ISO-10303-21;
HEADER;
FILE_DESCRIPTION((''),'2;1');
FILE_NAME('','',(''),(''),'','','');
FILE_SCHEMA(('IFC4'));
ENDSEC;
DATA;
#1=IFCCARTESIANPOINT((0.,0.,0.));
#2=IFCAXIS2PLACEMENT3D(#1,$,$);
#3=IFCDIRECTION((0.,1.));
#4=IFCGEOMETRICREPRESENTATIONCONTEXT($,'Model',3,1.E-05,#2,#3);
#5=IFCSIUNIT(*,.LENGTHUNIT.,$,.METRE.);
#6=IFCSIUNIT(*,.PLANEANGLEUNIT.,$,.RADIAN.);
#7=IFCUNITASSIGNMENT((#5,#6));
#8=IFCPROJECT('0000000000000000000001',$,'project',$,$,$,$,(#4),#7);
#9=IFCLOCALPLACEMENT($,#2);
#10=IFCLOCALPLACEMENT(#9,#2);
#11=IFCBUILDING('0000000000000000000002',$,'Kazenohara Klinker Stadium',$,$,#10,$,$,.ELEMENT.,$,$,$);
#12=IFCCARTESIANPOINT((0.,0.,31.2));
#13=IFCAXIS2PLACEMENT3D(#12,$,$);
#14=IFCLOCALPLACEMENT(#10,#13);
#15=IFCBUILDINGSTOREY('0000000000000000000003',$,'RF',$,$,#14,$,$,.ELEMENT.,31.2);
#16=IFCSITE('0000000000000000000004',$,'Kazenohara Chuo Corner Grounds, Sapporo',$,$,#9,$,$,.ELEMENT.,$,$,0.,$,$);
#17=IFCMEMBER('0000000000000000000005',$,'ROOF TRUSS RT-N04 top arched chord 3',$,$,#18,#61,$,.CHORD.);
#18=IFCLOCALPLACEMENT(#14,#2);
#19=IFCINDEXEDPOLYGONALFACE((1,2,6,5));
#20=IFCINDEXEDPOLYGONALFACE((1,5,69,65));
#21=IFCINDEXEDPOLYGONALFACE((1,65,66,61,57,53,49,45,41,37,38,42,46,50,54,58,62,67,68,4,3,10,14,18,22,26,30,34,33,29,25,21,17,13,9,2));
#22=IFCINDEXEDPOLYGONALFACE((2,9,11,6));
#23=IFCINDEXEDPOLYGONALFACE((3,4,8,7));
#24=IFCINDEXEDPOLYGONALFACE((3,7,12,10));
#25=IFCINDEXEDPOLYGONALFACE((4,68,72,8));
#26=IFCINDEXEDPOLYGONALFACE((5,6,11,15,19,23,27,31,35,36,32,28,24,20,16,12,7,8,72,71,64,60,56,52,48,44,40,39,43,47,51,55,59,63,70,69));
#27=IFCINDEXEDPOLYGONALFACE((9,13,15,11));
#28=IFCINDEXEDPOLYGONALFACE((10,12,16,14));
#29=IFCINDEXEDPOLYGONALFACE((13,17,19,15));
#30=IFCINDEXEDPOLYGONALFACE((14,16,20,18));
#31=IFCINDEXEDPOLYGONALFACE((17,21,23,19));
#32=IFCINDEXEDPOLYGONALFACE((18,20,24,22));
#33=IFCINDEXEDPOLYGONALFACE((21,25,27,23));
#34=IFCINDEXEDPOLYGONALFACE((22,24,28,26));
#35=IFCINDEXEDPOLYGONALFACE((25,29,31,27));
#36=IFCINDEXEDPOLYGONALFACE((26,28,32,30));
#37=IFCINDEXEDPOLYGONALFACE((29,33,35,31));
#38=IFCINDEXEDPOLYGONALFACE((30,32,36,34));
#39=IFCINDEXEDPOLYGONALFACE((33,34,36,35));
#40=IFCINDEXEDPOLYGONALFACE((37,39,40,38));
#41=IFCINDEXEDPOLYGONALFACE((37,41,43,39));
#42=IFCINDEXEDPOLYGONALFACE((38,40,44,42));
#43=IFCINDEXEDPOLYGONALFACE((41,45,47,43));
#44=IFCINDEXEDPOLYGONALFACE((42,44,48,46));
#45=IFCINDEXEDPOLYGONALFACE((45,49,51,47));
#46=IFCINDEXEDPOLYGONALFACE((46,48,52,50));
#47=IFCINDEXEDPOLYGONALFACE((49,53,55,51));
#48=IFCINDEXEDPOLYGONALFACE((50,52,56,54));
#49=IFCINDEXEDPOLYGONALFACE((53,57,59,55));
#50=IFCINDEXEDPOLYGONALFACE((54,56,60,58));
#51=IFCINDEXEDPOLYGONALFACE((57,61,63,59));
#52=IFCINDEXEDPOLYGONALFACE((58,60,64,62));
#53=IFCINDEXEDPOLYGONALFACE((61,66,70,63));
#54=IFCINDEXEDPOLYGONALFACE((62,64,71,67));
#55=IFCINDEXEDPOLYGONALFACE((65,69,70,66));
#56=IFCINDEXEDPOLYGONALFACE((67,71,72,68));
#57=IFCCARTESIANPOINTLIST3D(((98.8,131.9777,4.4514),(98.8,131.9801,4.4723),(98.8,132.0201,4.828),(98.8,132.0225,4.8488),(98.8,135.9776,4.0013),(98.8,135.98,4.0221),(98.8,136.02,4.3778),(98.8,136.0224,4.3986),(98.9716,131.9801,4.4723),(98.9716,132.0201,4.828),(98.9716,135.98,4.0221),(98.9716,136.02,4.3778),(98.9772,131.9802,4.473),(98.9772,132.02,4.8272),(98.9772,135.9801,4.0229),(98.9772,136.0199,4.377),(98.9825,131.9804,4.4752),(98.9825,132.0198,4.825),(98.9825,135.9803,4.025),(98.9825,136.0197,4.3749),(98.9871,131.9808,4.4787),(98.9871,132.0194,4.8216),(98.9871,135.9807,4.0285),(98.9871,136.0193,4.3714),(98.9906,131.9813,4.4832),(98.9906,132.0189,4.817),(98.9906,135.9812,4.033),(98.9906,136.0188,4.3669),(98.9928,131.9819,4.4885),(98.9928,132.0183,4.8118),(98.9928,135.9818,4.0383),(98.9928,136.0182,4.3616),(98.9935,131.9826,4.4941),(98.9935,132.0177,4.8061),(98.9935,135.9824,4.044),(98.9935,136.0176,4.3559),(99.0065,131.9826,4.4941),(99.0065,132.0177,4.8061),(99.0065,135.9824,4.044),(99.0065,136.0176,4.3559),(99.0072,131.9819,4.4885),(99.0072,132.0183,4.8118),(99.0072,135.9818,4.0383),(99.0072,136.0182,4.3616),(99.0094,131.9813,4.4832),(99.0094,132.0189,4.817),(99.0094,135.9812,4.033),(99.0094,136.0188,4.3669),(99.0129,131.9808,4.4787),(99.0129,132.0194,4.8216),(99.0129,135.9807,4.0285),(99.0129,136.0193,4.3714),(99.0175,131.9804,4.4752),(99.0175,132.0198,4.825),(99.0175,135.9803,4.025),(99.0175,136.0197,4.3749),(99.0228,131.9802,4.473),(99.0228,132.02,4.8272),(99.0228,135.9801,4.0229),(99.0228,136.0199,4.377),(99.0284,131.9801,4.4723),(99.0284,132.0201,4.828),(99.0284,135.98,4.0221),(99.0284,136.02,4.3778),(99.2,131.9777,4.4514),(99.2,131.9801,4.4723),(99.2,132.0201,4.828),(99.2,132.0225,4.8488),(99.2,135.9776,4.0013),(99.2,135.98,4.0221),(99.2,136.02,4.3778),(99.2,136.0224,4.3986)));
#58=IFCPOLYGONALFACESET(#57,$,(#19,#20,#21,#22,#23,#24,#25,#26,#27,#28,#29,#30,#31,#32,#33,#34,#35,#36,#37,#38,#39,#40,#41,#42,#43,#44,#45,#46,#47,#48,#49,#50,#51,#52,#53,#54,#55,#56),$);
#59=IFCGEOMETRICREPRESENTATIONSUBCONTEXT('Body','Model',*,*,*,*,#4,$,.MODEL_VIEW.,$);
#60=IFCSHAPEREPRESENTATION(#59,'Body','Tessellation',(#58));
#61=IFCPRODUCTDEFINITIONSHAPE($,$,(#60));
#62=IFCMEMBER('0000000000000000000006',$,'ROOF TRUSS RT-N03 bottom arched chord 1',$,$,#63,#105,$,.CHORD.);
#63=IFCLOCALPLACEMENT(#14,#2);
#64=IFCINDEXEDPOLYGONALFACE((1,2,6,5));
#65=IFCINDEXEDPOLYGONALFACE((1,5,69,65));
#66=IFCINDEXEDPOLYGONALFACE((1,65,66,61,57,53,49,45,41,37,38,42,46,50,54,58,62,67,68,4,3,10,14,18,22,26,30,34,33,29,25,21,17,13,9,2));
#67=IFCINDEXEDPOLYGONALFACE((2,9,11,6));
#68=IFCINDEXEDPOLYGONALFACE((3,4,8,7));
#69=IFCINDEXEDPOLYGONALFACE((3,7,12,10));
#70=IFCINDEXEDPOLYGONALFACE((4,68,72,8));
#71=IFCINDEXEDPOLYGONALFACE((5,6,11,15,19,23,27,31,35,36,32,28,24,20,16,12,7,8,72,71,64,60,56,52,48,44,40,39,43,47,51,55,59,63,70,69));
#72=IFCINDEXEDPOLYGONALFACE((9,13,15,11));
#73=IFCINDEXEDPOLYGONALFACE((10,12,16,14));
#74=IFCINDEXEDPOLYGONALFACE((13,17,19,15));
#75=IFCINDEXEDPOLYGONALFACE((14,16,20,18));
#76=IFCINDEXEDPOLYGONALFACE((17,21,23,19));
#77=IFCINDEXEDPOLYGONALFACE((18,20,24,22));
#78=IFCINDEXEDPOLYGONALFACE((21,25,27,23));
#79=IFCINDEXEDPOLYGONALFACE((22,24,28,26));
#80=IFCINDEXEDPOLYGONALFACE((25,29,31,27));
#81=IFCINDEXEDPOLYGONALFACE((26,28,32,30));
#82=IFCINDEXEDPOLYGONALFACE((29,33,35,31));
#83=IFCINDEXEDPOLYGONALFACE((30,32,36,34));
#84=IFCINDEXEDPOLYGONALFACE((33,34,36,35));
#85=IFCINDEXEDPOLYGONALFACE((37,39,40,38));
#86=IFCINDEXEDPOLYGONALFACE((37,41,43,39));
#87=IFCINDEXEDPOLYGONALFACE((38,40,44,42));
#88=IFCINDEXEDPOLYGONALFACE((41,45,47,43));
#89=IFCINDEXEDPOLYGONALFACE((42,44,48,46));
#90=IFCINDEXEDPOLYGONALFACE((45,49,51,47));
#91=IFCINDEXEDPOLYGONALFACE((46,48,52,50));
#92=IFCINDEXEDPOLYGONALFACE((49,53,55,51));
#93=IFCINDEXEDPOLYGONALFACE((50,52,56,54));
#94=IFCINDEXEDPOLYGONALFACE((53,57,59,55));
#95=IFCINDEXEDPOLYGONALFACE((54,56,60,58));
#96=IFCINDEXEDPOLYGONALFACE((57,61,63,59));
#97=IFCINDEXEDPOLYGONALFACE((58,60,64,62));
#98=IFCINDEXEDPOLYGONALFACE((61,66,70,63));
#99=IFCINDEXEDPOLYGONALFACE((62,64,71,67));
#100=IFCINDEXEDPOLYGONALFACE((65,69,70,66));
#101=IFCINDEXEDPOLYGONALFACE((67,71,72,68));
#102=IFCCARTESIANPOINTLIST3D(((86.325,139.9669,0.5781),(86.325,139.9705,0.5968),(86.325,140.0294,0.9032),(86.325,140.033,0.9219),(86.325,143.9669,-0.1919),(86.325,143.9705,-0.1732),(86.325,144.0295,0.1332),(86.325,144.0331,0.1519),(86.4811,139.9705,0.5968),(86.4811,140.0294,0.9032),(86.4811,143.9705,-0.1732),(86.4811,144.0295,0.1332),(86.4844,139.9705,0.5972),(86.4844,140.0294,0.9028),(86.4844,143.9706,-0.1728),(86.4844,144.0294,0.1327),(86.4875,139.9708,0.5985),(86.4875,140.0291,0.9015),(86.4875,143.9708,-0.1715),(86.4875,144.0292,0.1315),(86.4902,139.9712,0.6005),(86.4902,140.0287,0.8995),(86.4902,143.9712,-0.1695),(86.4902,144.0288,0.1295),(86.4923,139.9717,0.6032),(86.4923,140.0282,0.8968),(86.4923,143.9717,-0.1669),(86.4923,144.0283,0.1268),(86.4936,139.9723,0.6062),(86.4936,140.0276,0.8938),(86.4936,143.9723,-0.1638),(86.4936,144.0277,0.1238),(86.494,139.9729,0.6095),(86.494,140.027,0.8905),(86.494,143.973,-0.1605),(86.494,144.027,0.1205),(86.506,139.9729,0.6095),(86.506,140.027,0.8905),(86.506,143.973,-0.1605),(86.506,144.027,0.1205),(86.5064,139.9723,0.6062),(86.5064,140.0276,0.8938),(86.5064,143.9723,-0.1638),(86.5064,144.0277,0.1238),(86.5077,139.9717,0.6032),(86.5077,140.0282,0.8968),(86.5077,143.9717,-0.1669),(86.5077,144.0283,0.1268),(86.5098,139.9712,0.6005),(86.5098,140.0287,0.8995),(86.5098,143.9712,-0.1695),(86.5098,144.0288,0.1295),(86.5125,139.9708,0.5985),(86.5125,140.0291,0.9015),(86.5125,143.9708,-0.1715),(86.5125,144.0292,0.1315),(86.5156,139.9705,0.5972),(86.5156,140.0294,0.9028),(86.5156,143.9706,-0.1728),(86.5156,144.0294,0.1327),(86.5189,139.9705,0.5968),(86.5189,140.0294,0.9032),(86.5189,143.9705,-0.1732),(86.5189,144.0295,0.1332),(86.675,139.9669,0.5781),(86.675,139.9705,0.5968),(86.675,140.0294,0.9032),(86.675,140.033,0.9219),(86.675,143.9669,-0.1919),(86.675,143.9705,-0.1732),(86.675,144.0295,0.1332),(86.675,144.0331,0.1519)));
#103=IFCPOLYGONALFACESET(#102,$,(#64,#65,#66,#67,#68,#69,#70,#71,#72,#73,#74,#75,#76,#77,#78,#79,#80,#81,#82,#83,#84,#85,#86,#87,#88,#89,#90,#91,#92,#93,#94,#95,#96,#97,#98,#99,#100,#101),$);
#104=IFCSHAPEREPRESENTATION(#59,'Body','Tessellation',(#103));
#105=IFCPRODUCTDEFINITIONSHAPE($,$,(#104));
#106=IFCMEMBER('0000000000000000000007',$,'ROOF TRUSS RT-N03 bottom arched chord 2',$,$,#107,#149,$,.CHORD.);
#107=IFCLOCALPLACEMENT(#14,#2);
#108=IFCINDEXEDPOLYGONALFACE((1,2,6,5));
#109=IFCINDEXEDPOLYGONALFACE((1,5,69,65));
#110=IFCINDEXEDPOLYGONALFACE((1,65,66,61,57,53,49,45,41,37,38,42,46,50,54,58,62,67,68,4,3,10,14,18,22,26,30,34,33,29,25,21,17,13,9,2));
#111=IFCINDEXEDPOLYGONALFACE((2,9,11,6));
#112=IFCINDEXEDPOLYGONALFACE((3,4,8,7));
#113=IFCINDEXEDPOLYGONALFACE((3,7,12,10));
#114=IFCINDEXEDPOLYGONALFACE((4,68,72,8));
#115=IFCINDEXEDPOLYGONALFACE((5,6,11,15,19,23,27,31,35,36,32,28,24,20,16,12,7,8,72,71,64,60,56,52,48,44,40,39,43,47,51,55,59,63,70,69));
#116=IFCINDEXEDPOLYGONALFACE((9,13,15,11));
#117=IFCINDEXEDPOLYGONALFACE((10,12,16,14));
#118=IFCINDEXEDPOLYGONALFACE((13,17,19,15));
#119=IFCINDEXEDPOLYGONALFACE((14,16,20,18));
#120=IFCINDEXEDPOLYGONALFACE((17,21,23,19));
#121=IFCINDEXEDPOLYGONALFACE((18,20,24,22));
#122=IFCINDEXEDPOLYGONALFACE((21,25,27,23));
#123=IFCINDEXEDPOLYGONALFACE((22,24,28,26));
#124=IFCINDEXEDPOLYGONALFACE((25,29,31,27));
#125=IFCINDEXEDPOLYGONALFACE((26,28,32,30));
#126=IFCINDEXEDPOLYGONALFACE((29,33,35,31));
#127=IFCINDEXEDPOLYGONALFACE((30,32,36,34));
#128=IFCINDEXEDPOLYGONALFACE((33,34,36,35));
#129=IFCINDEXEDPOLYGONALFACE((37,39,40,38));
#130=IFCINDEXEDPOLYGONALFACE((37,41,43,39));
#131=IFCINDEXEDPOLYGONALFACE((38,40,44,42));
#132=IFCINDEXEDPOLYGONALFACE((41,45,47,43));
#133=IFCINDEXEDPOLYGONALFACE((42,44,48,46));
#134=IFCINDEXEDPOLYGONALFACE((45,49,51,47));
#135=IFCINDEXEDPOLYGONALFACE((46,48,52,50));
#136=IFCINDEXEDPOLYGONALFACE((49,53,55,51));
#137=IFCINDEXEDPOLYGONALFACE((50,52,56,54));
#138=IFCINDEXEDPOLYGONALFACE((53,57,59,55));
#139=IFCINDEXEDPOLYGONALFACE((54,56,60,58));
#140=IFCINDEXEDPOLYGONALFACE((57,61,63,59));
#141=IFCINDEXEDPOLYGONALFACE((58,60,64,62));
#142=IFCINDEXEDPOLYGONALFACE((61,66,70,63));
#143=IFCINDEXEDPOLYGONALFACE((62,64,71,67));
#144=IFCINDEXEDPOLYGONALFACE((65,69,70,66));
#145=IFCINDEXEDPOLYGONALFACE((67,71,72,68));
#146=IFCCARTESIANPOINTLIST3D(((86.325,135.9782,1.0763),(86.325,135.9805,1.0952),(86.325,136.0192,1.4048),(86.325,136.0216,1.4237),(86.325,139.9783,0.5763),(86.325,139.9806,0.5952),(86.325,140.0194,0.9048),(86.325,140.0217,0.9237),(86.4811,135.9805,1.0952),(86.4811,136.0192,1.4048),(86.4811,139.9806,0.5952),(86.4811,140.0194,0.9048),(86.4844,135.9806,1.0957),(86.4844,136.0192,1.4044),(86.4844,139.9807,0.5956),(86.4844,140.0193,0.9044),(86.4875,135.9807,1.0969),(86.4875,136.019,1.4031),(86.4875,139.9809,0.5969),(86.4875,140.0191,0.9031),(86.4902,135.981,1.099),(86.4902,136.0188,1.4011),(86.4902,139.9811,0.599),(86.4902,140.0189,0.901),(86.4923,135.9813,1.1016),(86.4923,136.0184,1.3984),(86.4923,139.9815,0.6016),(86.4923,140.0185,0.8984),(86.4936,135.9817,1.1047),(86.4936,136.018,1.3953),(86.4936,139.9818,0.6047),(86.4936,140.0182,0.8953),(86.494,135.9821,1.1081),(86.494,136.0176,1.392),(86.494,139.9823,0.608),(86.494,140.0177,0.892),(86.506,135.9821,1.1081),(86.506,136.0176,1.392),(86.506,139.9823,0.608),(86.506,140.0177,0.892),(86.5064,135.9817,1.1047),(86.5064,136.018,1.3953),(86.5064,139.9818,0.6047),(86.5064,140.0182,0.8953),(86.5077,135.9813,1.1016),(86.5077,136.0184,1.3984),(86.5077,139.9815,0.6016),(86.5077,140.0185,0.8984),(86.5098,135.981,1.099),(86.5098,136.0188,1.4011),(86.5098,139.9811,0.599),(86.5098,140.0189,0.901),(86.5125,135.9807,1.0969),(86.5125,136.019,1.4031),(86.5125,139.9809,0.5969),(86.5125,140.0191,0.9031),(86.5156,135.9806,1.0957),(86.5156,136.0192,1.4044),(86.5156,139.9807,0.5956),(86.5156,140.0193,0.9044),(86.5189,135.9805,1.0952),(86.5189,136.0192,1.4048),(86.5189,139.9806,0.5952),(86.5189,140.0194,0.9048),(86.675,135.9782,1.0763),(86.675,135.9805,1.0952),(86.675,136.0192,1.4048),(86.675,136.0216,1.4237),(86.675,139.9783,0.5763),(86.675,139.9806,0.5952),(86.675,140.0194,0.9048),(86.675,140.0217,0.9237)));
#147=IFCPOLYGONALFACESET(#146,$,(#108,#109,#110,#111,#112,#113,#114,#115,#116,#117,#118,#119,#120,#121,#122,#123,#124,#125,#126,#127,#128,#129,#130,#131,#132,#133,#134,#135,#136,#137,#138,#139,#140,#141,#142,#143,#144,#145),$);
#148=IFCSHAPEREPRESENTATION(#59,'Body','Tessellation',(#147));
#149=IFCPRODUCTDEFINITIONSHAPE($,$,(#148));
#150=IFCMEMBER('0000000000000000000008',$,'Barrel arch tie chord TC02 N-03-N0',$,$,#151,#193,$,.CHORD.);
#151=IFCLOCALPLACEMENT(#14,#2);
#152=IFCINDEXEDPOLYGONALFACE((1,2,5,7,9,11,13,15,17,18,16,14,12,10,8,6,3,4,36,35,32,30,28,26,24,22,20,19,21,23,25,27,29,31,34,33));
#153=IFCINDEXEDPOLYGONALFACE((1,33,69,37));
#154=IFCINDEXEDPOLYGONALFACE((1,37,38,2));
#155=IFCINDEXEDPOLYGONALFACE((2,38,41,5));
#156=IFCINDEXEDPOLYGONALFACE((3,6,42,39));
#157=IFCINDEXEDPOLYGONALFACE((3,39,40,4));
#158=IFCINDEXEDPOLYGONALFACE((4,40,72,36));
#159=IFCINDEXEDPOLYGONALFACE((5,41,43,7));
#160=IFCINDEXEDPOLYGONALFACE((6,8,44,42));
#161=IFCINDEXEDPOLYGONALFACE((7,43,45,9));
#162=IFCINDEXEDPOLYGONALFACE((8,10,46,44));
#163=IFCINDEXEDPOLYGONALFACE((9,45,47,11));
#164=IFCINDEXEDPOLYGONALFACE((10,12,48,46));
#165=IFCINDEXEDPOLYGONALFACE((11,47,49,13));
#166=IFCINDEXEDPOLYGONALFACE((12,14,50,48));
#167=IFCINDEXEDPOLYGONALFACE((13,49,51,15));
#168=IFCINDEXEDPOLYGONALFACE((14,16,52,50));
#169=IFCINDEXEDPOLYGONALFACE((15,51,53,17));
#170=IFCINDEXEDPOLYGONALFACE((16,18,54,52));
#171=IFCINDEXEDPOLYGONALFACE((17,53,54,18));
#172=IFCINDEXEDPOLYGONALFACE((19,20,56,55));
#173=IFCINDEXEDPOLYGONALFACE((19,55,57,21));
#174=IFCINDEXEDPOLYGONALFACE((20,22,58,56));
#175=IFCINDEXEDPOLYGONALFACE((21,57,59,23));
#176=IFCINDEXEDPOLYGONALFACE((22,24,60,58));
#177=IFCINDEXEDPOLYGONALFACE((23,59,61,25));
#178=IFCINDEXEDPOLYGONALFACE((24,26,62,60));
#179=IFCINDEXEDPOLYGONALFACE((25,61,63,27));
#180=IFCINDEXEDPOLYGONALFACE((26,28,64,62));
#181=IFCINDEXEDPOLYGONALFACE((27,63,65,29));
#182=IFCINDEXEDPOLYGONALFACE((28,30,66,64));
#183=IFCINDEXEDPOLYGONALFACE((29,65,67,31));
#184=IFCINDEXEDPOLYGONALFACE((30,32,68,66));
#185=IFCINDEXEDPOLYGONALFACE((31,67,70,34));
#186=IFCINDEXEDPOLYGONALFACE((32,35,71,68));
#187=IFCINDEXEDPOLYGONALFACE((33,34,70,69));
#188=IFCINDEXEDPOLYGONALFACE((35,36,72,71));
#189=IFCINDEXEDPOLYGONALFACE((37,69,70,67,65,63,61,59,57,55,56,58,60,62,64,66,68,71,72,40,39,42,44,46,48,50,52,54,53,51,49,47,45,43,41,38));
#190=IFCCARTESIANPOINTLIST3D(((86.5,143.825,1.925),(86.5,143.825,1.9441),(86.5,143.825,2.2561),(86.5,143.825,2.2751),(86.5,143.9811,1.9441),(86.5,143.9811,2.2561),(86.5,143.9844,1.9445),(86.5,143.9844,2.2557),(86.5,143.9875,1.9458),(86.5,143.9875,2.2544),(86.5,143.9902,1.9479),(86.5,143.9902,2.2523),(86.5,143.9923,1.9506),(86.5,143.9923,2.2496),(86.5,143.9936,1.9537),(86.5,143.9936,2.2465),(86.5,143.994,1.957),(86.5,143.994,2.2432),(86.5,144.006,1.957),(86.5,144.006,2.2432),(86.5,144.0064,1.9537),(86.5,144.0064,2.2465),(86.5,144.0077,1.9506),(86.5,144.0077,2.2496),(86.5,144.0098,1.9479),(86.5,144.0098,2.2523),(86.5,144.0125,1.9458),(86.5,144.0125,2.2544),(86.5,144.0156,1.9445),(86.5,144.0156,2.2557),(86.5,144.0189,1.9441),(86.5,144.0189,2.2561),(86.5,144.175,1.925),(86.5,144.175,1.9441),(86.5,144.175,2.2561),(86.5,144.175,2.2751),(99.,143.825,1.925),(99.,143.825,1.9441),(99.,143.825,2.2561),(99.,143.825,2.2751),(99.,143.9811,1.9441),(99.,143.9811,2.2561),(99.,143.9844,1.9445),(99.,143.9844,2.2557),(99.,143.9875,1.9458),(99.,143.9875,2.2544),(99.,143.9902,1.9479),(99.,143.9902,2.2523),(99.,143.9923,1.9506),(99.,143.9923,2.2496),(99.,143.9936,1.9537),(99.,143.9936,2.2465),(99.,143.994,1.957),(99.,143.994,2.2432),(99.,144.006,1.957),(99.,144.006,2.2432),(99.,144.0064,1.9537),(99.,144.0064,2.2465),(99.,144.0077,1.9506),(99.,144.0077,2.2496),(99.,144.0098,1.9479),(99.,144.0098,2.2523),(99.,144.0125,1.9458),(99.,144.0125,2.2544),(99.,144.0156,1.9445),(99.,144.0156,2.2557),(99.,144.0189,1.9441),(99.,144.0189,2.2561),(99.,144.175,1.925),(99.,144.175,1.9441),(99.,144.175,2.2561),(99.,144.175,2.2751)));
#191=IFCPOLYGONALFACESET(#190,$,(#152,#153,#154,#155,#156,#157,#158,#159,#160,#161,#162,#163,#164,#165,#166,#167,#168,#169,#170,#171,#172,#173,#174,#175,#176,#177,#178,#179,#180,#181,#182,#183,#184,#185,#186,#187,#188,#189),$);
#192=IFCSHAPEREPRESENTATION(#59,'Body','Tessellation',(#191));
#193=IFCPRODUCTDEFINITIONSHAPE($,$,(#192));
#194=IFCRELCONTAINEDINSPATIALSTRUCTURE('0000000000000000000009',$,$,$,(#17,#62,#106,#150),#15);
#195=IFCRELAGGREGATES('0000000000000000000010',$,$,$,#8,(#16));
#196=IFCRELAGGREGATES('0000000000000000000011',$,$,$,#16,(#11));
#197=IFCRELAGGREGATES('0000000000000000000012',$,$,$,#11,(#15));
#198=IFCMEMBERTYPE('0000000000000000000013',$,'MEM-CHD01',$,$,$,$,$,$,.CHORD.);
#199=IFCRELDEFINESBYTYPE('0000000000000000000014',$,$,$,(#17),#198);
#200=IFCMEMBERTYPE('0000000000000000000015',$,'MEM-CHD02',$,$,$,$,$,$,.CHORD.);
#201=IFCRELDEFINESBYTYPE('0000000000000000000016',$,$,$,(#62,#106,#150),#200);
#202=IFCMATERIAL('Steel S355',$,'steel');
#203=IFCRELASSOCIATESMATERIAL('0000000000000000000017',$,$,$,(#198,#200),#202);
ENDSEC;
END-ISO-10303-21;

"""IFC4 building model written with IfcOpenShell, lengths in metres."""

from ifc_helpers import new_model, si_unit, direction, frame, origin, origin_2d, place, context, subcontext, project, spatial, i_section, extrude, material, material_profile, profile_set, type_object, element, save


model = new_model("IFC4")

# Units and contexts
model_context = context("Model", 3, precision=1e-05, world=origin(), true_north=direction((0.0, 1.0)))
body_context = subcontext(model_context, "Body", "Model", "MODEL_VIEW")
ifc_project = project(units=[si_unit("LENGTHUNIT", "METRE"), si_unit("PLANEANGLEUNIT", "RADIAN")], contexts=[model_context])

# Site, building, storey
site_placement = place(None, origin())
site = spatial("IfcSite", under=ifc_project, at=site_placement, Name="Kazenohara Chuo Corner Grounds, Sapporo", CompositionType="ELEMENT", RefElevation=0.0)
building_placement = place(site_placement, origin())
building = spatial("IfcBuilding", under=site, at=building_placement, Name="Kazenohara Klinker Stadium", CompositionType="ELEMENT")
storey_placement = place(building_placement, frame((0.0, 0.0, 31.2)))
storey = spatial("IfcBuildingStorey", under=building, at=storey_placement, Name="RF", CompositionType="ELEMENT", Elevation=31.2)

# Members
ifc_material_1 = material(Name="Steel S355", Category="steel")
ifc_material_profile_1 = material_profile(ifc_material_1, i_section(OverallWidth=0.3999, OverallDepth=0.3999, WebThickness=0.0129, FlangeThickness=0.021, FilletRadius=0.022, at=origin_2d()), Name="H-400x400x13x21")
ifc_profile_set_1 = profile_set([ifc_material_profile_1], Name="Steel S355")
member_type_1 = type_object("IfcMemberType", Name="MEM-CHD01", PredefinedType="CHORD", material=ifc_profile_set_1)
member_1_placement = place(storey_placement, frame((99.0, 136.0, 4.2), z_axis=(0.0, -0.993726, 0.111843), x_axis=(1.0, 0.0, 0.0)))
element("IfcMember", 1, at=member_1_placement, inside=storey, type_object=member_type_1, Name="ROOF TRUSS RT-N04 top arched chord 3", PredefinedType="CHORD", context=body_context, shape_type="SweptSolid", body=[
    extrude(i_section(OverallWidth=0.3999, OverallDepth=0.3999, WebThickness=0.0129, FlangeThickness=0.021, FilletRadius=0.022, at=origin_2d()), origin(), (0.0, 0.0, 1.0), 4.0251),
])
ifc_material_profile_2 = material_profile(ifc_material_1, i_section(OverallWidth=0.3501, OverallDepth=0.3501, WebThickness=0.012, FlangeThickness=0.019, FilletRadius=0.0129, at=origin_2d()), Name="H-350x350x12x19")
ifc_profile_set_2 = profile_set([ifc_material_profile_2], Name="Steel S355")
member_type_2 = type_object("IfcMemberType", Name="MEM-CHD02", PredefinedType="CHORD", material=ifc_profile_set_2)
member_2_placement = place(storey_placement, frame((86.5, 144.0, -0.02), z_axis=(0.0, -0.981971, 0.189034), x_axis=(1.0, 0.0, 0.0)))
element("IfcMember", 2, at=member_2_placement, inside=storey, type_object=member_type_2, Name="ROOF TRUSS RT-N03 bottom arched chord 1", PredefinedType="CHORD", context=body_context, shape_type="SweptSolid", body=[
    extrude(i_section(OverallWidth=0.3501, OverallDepth=0.3501, WebThickness=0.012, FlangeThickness=0.019, FilletRadius=0.0129, at=origin_2d()), origin(), (0.0, 0.0, 1.0), 4.0735),
])
member_3_placement = place(storey_placement, frame((86.5, 140.0, 0.75), z_axis=(0.0, -0.992278, 0.124035), x_axis=(1.0, 0.0, 0.0)))
element("IfcMember", 3, at=member_3_placement, inside=storey, type_object=member_type_2, Name="ROOF TRUSS RT-N03 bottom arched chord 2", PredefinedType="CHORD", context=body_context, shape_type="SweptSolid", body=[
    extrude(i_section(OverallWidth=0.3501, OverallDepth=0.3501, WebThickness=0.012, FlangeThickness=0.019, FilletRadius=0.0129, at=origin_2d()), origin(), (0.0, 0.0, 1.0), 4.0312),
])
member_4_placement = place(storey_placement, frame((86.5, 144.0, 2.1001), z_axis=(1.0, 0.0, 0.0), x_axis=(0.0, 1.0, 0.0)))
element("IfcMember", 4, at=member_4_placement, inside=storey, type_object=member_type_2, Name="Barrel arch tie chord TC02 N-03-N0", PredefinedType="CHORD", context=body_context, shape_type="SweptSolid", body=[
    extrude(i_section(OverallWidth=0.3501, OverallDepth=0.3501, WebThickness=0.012, FlangeThickness=0.019, FilletRadius=0.0129, at=origin_2d()), origin(), (0.0, 0.0, 1.0), 12.5),
])

save(model, "model.ifc")
